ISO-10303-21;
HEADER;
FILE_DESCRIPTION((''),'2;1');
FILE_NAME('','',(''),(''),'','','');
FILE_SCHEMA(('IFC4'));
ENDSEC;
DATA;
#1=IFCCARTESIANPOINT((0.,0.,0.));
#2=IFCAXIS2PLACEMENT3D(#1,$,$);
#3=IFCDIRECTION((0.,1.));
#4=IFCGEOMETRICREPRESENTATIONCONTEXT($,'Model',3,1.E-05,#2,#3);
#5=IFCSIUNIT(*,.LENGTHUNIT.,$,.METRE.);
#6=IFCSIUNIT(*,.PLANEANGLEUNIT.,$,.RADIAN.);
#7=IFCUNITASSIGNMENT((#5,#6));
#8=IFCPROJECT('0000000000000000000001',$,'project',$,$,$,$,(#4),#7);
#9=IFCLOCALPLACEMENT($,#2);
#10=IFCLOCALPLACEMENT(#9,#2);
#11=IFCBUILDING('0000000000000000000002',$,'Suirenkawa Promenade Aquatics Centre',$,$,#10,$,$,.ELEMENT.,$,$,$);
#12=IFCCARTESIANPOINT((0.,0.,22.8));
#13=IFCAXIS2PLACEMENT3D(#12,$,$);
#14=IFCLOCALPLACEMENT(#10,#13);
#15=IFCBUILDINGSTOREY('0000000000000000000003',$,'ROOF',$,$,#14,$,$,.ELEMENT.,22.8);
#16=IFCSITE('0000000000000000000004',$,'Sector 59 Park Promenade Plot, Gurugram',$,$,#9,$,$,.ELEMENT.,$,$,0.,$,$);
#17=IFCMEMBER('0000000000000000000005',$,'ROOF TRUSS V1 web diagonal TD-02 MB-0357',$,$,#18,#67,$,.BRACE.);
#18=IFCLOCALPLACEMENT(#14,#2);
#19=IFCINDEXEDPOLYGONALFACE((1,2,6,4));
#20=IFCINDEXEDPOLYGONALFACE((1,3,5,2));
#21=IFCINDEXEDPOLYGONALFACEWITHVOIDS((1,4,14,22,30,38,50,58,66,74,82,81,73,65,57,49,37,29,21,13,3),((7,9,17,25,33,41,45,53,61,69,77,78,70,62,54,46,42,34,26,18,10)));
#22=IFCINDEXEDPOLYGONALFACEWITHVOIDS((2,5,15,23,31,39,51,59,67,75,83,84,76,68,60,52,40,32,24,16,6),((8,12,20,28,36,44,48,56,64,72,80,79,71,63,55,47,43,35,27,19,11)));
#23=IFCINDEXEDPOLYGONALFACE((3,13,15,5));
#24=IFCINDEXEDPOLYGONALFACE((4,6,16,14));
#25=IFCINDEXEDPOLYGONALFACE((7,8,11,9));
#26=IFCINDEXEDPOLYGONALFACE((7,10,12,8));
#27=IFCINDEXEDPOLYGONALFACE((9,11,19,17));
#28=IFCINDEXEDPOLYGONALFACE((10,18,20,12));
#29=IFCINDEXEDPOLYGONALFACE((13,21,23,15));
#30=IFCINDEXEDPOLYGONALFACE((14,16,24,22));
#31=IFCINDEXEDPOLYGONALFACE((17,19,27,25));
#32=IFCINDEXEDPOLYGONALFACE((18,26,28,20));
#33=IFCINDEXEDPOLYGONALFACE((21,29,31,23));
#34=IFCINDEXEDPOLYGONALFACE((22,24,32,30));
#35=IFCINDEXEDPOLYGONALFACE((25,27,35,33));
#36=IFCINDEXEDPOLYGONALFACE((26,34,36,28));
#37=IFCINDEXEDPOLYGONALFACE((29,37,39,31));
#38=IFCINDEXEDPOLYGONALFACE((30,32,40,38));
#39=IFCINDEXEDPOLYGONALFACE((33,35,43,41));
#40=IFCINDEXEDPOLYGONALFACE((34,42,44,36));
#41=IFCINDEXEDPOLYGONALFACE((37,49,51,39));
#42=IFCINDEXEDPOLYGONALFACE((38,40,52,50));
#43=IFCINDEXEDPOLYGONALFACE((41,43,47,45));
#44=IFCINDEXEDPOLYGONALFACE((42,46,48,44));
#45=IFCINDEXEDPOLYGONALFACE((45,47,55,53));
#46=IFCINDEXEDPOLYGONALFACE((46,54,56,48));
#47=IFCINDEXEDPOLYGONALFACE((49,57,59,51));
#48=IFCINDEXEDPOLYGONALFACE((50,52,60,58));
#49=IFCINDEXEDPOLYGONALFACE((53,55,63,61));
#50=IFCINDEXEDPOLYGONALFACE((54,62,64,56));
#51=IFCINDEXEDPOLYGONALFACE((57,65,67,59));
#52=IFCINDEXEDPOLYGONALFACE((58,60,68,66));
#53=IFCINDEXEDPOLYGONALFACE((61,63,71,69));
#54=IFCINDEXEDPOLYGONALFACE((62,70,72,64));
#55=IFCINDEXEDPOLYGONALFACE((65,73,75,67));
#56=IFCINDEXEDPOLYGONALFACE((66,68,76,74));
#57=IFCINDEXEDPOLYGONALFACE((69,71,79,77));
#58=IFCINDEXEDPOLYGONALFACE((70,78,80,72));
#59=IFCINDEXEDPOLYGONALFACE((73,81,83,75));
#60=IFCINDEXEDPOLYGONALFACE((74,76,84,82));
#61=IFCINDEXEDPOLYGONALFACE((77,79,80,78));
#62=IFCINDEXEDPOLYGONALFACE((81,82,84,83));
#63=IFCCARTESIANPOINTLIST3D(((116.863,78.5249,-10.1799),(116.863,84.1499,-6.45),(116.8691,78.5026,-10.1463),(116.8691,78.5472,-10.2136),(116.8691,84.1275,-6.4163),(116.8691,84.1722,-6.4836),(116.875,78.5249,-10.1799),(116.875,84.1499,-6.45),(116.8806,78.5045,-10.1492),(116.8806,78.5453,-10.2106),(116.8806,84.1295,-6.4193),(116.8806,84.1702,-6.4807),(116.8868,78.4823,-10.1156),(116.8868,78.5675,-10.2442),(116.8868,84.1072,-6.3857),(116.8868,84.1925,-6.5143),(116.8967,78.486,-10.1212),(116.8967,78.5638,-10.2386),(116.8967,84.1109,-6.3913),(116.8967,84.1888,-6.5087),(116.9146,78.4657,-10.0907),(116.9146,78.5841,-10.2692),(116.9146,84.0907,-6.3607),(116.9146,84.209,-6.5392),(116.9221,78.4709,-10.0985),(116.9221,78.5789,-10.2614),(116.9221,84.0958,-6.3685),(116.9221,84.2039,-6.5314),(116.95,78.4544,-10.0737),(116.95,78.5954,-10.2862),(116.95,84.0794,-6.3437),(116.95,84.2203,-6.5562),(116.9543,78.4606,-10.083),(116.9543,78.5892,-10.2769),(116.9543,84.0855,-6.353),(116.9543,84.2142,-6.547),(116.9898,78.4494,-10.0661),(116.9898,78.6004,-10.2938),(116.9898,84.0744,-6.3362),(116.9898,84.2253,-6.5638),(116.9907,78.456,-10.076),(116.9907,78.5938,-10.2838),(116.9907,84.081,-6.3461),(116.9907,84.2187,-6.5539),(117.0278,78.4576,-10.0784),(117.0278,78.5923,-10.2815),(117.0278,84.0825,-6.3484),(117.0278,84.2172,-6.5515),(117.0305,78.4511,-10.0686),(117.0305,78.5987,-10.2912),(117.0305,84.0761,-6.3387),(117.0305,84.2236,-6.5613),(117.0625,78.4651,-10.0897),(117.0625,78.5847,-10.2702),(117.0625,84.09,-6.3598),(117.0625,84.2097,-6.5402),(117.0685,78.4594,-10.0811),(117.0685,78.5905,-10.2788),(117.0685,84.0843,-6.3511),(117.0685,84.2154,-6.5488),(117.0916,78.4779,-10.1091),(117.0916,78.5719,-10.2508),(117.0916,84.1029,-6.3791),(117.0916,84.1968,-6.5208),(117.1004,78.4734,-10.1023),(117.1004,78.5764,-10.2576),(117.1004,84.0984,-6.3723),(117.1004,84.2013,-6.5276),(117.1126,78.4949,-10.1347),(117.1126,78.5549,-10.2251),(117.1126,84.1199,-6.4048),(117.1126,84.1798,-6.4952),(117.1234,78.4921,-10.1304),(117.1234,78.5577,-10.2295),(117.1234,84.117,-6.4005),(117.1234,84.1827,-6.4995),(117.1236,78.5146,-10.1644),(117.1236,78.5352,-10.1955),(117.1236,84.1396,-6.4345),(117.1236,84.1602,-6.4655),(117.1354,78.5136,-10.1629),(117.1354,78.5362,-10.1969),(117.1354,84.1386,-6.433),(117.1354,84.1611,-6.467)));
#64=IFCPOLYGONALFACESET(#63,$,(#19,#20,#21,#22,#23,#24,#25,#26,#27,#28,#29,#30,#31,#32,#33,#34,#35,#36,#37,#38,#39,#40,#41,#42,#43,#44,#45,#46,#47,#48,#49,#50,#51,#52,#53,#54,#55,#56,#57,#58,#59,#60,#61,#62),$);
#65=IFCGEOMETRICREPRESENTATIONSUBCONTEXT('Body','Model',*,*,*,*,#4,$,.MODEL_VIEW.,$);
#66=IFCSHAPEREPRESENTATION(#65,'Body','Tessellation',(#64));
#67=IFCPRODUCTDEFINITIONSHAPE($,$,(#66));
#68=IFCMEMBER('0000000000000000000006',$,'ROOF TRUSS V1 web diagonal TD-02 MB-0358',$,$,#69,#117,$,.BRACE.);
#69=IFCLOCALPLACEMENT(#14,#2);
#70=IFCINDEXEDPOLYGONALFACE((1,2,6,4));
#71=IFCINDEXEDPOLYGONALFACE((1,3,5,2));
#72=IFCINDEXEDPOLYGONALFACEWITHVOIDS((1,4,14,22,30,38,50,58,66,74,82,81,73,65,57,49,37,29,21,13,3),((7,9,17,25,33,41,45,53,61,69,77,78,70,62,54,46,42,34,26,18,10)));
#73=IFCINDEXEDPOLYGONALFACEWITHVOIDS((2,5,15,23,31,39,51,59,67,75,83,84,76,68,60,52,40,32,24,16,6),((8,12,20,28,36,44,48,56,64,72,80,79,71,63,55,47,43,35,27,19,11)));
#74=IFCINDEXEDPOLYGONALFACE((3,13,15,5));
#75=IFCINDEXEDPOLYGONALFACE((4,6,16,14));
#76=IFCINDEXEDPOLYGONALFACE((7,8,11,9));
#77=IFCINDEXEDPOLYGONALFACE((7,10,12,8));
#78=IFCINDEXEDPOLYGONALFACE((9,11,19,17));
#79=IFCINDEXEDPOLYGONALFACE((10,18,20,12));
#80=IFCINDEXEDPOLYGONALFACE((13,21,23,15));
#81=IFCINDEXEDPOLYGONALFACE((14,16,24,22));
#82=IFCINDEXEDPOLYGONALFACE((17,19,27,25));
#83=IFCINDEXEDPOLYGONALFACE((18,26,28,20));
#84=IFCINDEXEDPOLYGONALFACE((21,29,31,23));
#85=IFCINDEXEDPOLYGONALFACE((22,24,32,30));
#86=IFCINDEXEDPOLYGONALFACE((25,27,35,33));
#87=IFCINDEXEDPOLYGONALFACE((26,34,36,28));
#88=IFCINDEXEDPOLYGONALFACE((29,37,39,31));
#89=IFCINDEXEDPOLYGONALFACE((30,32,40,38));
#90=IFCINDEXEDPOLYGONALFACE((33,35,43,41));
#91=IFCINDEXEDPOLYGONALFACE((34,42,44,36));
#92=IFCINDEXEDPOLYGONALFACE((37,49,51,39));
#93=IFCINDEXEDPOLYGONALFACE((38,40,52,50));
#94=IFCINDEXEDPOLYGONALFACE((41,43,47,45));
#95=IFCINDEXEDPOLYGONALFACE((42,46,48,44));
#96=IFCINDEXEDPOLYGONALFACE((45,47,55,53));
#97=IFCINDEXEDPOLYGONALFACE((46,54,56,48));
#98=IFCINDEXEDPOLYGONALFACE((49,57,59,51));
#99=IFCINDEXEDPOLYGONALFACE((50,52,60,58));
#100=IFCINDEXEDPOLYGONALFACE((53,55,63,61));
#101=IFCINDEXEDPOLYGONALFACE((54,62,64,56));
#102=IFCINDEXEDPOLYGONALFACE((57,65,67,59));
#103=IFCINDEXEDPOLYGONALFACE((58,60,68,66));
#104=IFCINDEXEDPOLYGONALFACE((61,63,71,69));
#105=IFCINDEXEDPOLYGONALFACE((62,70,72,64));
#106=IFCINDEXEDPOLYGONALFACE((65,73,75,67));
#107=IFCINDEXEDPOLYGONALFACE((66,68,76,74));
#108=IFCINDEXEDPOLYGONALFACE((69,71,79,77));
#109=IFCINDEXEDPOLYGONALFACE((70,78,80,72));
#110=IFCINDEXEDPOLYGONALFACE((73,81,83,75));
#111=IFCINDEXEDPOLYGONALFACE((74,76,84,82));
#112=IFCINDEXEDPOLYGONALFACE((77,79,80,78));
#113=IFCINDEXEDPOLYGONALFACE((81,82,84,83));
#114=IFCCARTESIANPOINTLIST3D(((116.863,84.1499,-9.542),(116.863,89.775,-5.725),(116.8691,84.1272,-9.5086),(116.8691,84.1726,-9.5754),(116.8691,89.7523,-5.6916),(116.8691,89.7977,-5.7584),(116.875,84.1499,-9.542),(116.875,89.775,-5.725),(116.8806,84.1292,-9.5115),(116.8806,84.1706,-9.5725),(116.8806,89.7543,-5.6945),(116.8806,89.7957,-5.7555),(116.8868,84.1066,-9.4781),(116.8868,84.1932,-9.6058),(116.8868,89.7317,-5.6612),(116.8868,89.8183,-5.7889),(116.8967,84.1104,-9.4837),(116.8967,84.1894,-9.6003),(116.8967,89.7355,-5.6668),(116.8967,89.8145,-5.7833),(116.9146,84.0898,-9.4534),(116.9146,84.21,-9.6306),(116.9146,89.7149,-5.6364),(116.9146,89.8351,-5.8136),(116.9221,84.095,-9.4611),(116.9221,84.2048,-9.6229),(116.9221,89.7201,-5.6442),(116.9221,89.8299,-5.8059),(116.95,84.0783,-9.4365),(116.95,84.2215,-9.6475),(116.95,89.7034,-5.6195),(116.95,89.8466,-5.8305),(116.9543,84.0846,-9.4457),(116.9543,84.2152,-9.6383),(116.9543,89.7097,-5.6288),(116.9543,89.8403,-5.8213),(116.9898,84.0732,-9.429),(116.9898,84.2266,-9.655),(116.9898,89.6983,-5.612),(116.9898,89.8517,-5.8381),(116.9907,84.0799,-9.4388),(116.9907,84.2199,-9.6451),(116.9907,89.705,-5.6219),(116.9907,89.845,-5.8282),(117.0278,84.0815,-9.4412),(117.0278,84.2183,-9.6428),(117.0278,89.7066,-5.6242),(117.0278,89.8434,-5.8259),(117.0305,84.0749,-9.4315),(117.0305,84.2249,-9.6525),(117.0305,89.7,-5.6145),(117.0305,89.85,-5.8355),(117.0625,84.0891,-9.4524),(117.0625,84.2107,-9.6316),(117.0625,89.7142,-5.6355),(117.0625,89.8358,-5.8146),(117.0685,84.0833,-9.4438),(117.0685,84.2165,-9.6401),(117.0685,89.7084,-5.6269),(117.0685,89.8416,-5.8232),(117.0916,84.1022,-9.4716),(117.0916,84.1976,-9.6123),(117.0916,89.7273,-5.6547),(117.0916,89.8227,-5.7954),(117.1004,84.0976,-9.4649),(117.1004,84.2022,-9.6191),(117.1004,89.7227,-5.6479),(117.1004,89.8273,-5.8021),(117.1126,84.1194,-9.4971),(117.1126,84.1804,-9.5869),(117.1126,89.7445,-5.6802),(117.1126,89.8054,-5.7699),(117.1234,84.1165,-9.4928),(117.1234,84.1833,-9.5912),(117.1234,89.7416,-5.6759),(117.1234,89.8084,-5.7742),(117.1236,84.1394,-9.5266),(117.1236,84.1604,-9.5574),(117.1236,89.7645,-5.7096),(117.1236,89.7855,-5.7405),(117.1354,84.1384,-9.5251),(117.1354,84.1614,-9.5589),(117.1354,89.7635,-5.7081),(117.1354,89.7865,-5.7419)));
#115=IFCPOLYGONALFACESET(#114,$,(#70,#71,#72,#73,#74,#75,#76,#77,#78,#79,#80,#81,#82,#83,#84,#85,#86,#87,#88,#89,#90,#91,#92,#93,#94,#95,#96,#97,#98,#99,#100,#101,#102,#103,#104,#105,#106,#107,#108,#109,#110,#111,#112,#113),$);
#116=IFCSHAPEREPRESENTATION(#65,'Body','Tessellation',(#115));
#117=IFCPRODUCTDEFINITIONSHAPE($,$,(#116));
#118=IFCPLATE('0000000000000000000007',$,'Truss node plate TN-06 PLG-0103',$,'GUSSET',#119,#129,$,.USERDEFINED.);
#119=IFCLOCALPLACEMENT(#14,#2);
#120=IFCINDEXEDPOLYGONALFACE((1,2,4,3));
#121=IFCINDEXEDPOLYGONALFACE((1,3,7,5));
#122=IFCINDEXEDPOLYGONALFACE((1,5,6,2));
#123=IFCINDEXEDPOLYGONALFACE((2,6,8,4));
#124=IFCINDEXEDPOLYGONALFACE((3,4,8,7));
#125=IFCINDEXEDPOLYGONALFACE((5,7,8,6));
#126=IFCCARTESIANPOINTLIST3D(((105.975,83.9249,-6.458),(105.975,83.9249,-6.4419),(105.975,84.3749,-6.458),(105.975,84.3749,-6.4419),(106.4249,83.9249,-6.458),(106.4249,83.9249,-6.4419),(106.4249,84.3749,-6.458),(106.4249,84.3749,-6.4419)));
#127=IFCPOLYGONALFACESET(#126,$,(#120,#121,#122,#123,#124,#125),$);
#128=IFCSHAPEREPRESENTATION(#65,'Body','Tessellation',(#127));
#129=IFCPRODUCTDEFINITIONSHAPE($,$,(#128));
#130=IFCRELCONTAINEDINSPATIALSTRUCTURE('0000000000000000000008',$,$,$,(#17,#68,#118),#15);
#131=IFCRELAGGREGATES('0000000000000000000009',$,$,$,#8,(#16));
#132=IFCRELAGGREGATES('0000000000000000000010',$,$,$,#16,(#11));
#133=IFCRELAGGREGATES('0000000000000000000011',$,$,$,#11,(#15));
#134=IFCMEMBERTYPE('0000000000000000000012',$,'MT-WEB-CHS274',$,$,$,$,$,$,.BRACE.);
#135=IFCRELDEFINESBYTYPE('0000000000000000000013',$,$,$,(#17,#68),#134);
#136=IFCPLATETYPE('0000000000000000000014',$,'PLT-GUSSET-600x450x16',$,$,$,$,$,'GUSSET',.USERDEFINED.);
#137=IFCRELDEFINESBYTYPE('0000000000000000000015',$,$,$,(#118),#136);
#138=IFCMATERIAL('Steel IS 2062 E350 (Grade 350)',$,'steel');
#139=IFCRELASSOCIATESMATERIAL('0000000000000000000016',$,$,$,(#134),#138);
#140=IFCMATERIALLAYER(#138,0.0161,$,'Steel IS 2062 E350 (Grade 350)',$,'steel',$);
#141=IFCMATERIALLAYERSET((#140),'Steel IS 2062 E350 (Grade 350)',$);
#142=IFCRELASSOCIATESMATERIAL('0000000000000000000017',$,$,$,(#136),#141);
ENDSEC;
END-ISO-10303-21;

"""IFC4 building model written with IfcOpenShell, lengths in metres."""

from ifc_helpers import new_model, si_unit, direction, frame, origin, origin_2d, place, context, subcontext, project, spatial, rectangle, hollow_circle, extrude, material, layer, layer_set, material_profile, profile_set, type_object, element, save


model = new_model("IFC4")

# Units and contexts
model_context = context("Model", 3, precision=1e-05, world=origin(), true_north=direction((0.0, 1.0)))
body_context = subcontext(model_context, "Body", "Model", "MODEL_VIEW")
ifc_project = project(units=[si_unit("LENGTHUNIT", "METRE"), si_unit("PLANEANGLEUNIT", "RADIAN")], contexts=[model_context])

# Site, building, storey
site_placement = place(None, origin())
site = spatial("IfcSite", under=ifc_project, at=site_placement, Name="Sector 59 Park Promenade Plot, Gurugram", CompositionType="ELEMENT", RefElevation=0.0)
building_placement = place(site_placement, origin())
building = spatial("IfcBuilding", under=site, at=building_placement, Name="Suirenkawa Promenade Aquatics Centre", CompositionType="ELEMENT")
storey_placement = place(building_placement, frame((0.0, 0.0, 22.8)))
storey = spatial("IfcBuildingStorey", under=building, at=storey_placement, Name="ROOF", CompositionType="ELEMENT", Elevation=22.8)

# Shared definitions
ifc_material = material(Name="Steel IS 2062 E350 (Grade 350)", Category="steel")

# Members
ifc_material_profile_1 = material_profile(ifc_material, hollow_circle(Radius=0.137, WallThickness=0.012, at=origin_2d()), Name="CHS 274x12", Category="steel")
ifc_profile_set_1 = profile_set([ifc_material_profile_1], Name="Steel IS 2062 E350 (Grade 350)")
member_type_1 = type_object("IfcMemberType", Name="MT-WEB-CHS274", PredefinedType="BRACE", material=ifc_profile_set_1)
member_1_placement = place(storey_placement, frame((117.0, 78.5249, -10.1799), z_axis=(0.0, 0.833417, 0.552645), x_axis=(-1.0, 0.0, 0.0)))
element("IfcMember", 1, at=member_1_placement, inside=storey, type_object=member_type_1, Name="ROOF TRUSS V1 web diagonal TD-02 MB-0357", PredefinedType="BRACE", context=body_context, shape_type="SweptSolid", body=[
    extrude(hollow_circle(Radius=0.137, WallThickness=0.012, at=origin_2d()), origin(), (0.0, 0.0, 1.0), 6.7493),
])
member_2_placement = place(storey_placement, frame((117.0, 84.1499, -9.542), z_axis=(0.0, 0.827481, 0.561494), x_axis=(-1.0, 0.0, 0.0)))
element("IfcMember", 2, at=member_2_placement, inside=storey, type_object=member_type_1, Name="ROOF TRUSS V1 web diagonal TD-02 MB-0358", PredefinedType="BRACE", context=body_context, shape_type="SweptSolid", body=[
    extrude(hollow_circle(Radius=0.137, WallThickness=0.012, at=origin_2d()), origin(), (0.0, 0.0, 1.0), 6.7979),
])

# Plate
ifc_layer = layer(ifc_material, 0.0161, Name="Steel IS 2062 E350 (Grade 350)", Category="steel")
ifc_layer_set = layer_set([ifc_layer], Name="Steel IS 2062 E350 (Grade 350)")
plate_type = type_object("IfcPlateType", Name="PLT-GUSSET-600x450x16", ElementType="GUSSET", PredefinedType="USERDEFINED", material=ifc_layer_set)
plate_placement = place(storey_placement, frame((106.2, 84.1499, -6.458), z_axis=(0.0, 0.0, 1.0), x_axis=(1.0, 0.0, 0.0)))
element("IfcPlate", 3, at=plate_placement, inside=storey, type_object=plate_type, Name="Truss node plate TN-06 PLG-0103", ObjectType="GUSSET", PredefinedType="USERDEFINED", context=body_context, shape_type="SweptSolid", body=[
    extrude(rectangle(XDim=0.45, YDim=0.45, at=origin_2d()), origin(), (0.0, 0.0, 1.0), 0.0161),
])

save(model, "model.ifc")
